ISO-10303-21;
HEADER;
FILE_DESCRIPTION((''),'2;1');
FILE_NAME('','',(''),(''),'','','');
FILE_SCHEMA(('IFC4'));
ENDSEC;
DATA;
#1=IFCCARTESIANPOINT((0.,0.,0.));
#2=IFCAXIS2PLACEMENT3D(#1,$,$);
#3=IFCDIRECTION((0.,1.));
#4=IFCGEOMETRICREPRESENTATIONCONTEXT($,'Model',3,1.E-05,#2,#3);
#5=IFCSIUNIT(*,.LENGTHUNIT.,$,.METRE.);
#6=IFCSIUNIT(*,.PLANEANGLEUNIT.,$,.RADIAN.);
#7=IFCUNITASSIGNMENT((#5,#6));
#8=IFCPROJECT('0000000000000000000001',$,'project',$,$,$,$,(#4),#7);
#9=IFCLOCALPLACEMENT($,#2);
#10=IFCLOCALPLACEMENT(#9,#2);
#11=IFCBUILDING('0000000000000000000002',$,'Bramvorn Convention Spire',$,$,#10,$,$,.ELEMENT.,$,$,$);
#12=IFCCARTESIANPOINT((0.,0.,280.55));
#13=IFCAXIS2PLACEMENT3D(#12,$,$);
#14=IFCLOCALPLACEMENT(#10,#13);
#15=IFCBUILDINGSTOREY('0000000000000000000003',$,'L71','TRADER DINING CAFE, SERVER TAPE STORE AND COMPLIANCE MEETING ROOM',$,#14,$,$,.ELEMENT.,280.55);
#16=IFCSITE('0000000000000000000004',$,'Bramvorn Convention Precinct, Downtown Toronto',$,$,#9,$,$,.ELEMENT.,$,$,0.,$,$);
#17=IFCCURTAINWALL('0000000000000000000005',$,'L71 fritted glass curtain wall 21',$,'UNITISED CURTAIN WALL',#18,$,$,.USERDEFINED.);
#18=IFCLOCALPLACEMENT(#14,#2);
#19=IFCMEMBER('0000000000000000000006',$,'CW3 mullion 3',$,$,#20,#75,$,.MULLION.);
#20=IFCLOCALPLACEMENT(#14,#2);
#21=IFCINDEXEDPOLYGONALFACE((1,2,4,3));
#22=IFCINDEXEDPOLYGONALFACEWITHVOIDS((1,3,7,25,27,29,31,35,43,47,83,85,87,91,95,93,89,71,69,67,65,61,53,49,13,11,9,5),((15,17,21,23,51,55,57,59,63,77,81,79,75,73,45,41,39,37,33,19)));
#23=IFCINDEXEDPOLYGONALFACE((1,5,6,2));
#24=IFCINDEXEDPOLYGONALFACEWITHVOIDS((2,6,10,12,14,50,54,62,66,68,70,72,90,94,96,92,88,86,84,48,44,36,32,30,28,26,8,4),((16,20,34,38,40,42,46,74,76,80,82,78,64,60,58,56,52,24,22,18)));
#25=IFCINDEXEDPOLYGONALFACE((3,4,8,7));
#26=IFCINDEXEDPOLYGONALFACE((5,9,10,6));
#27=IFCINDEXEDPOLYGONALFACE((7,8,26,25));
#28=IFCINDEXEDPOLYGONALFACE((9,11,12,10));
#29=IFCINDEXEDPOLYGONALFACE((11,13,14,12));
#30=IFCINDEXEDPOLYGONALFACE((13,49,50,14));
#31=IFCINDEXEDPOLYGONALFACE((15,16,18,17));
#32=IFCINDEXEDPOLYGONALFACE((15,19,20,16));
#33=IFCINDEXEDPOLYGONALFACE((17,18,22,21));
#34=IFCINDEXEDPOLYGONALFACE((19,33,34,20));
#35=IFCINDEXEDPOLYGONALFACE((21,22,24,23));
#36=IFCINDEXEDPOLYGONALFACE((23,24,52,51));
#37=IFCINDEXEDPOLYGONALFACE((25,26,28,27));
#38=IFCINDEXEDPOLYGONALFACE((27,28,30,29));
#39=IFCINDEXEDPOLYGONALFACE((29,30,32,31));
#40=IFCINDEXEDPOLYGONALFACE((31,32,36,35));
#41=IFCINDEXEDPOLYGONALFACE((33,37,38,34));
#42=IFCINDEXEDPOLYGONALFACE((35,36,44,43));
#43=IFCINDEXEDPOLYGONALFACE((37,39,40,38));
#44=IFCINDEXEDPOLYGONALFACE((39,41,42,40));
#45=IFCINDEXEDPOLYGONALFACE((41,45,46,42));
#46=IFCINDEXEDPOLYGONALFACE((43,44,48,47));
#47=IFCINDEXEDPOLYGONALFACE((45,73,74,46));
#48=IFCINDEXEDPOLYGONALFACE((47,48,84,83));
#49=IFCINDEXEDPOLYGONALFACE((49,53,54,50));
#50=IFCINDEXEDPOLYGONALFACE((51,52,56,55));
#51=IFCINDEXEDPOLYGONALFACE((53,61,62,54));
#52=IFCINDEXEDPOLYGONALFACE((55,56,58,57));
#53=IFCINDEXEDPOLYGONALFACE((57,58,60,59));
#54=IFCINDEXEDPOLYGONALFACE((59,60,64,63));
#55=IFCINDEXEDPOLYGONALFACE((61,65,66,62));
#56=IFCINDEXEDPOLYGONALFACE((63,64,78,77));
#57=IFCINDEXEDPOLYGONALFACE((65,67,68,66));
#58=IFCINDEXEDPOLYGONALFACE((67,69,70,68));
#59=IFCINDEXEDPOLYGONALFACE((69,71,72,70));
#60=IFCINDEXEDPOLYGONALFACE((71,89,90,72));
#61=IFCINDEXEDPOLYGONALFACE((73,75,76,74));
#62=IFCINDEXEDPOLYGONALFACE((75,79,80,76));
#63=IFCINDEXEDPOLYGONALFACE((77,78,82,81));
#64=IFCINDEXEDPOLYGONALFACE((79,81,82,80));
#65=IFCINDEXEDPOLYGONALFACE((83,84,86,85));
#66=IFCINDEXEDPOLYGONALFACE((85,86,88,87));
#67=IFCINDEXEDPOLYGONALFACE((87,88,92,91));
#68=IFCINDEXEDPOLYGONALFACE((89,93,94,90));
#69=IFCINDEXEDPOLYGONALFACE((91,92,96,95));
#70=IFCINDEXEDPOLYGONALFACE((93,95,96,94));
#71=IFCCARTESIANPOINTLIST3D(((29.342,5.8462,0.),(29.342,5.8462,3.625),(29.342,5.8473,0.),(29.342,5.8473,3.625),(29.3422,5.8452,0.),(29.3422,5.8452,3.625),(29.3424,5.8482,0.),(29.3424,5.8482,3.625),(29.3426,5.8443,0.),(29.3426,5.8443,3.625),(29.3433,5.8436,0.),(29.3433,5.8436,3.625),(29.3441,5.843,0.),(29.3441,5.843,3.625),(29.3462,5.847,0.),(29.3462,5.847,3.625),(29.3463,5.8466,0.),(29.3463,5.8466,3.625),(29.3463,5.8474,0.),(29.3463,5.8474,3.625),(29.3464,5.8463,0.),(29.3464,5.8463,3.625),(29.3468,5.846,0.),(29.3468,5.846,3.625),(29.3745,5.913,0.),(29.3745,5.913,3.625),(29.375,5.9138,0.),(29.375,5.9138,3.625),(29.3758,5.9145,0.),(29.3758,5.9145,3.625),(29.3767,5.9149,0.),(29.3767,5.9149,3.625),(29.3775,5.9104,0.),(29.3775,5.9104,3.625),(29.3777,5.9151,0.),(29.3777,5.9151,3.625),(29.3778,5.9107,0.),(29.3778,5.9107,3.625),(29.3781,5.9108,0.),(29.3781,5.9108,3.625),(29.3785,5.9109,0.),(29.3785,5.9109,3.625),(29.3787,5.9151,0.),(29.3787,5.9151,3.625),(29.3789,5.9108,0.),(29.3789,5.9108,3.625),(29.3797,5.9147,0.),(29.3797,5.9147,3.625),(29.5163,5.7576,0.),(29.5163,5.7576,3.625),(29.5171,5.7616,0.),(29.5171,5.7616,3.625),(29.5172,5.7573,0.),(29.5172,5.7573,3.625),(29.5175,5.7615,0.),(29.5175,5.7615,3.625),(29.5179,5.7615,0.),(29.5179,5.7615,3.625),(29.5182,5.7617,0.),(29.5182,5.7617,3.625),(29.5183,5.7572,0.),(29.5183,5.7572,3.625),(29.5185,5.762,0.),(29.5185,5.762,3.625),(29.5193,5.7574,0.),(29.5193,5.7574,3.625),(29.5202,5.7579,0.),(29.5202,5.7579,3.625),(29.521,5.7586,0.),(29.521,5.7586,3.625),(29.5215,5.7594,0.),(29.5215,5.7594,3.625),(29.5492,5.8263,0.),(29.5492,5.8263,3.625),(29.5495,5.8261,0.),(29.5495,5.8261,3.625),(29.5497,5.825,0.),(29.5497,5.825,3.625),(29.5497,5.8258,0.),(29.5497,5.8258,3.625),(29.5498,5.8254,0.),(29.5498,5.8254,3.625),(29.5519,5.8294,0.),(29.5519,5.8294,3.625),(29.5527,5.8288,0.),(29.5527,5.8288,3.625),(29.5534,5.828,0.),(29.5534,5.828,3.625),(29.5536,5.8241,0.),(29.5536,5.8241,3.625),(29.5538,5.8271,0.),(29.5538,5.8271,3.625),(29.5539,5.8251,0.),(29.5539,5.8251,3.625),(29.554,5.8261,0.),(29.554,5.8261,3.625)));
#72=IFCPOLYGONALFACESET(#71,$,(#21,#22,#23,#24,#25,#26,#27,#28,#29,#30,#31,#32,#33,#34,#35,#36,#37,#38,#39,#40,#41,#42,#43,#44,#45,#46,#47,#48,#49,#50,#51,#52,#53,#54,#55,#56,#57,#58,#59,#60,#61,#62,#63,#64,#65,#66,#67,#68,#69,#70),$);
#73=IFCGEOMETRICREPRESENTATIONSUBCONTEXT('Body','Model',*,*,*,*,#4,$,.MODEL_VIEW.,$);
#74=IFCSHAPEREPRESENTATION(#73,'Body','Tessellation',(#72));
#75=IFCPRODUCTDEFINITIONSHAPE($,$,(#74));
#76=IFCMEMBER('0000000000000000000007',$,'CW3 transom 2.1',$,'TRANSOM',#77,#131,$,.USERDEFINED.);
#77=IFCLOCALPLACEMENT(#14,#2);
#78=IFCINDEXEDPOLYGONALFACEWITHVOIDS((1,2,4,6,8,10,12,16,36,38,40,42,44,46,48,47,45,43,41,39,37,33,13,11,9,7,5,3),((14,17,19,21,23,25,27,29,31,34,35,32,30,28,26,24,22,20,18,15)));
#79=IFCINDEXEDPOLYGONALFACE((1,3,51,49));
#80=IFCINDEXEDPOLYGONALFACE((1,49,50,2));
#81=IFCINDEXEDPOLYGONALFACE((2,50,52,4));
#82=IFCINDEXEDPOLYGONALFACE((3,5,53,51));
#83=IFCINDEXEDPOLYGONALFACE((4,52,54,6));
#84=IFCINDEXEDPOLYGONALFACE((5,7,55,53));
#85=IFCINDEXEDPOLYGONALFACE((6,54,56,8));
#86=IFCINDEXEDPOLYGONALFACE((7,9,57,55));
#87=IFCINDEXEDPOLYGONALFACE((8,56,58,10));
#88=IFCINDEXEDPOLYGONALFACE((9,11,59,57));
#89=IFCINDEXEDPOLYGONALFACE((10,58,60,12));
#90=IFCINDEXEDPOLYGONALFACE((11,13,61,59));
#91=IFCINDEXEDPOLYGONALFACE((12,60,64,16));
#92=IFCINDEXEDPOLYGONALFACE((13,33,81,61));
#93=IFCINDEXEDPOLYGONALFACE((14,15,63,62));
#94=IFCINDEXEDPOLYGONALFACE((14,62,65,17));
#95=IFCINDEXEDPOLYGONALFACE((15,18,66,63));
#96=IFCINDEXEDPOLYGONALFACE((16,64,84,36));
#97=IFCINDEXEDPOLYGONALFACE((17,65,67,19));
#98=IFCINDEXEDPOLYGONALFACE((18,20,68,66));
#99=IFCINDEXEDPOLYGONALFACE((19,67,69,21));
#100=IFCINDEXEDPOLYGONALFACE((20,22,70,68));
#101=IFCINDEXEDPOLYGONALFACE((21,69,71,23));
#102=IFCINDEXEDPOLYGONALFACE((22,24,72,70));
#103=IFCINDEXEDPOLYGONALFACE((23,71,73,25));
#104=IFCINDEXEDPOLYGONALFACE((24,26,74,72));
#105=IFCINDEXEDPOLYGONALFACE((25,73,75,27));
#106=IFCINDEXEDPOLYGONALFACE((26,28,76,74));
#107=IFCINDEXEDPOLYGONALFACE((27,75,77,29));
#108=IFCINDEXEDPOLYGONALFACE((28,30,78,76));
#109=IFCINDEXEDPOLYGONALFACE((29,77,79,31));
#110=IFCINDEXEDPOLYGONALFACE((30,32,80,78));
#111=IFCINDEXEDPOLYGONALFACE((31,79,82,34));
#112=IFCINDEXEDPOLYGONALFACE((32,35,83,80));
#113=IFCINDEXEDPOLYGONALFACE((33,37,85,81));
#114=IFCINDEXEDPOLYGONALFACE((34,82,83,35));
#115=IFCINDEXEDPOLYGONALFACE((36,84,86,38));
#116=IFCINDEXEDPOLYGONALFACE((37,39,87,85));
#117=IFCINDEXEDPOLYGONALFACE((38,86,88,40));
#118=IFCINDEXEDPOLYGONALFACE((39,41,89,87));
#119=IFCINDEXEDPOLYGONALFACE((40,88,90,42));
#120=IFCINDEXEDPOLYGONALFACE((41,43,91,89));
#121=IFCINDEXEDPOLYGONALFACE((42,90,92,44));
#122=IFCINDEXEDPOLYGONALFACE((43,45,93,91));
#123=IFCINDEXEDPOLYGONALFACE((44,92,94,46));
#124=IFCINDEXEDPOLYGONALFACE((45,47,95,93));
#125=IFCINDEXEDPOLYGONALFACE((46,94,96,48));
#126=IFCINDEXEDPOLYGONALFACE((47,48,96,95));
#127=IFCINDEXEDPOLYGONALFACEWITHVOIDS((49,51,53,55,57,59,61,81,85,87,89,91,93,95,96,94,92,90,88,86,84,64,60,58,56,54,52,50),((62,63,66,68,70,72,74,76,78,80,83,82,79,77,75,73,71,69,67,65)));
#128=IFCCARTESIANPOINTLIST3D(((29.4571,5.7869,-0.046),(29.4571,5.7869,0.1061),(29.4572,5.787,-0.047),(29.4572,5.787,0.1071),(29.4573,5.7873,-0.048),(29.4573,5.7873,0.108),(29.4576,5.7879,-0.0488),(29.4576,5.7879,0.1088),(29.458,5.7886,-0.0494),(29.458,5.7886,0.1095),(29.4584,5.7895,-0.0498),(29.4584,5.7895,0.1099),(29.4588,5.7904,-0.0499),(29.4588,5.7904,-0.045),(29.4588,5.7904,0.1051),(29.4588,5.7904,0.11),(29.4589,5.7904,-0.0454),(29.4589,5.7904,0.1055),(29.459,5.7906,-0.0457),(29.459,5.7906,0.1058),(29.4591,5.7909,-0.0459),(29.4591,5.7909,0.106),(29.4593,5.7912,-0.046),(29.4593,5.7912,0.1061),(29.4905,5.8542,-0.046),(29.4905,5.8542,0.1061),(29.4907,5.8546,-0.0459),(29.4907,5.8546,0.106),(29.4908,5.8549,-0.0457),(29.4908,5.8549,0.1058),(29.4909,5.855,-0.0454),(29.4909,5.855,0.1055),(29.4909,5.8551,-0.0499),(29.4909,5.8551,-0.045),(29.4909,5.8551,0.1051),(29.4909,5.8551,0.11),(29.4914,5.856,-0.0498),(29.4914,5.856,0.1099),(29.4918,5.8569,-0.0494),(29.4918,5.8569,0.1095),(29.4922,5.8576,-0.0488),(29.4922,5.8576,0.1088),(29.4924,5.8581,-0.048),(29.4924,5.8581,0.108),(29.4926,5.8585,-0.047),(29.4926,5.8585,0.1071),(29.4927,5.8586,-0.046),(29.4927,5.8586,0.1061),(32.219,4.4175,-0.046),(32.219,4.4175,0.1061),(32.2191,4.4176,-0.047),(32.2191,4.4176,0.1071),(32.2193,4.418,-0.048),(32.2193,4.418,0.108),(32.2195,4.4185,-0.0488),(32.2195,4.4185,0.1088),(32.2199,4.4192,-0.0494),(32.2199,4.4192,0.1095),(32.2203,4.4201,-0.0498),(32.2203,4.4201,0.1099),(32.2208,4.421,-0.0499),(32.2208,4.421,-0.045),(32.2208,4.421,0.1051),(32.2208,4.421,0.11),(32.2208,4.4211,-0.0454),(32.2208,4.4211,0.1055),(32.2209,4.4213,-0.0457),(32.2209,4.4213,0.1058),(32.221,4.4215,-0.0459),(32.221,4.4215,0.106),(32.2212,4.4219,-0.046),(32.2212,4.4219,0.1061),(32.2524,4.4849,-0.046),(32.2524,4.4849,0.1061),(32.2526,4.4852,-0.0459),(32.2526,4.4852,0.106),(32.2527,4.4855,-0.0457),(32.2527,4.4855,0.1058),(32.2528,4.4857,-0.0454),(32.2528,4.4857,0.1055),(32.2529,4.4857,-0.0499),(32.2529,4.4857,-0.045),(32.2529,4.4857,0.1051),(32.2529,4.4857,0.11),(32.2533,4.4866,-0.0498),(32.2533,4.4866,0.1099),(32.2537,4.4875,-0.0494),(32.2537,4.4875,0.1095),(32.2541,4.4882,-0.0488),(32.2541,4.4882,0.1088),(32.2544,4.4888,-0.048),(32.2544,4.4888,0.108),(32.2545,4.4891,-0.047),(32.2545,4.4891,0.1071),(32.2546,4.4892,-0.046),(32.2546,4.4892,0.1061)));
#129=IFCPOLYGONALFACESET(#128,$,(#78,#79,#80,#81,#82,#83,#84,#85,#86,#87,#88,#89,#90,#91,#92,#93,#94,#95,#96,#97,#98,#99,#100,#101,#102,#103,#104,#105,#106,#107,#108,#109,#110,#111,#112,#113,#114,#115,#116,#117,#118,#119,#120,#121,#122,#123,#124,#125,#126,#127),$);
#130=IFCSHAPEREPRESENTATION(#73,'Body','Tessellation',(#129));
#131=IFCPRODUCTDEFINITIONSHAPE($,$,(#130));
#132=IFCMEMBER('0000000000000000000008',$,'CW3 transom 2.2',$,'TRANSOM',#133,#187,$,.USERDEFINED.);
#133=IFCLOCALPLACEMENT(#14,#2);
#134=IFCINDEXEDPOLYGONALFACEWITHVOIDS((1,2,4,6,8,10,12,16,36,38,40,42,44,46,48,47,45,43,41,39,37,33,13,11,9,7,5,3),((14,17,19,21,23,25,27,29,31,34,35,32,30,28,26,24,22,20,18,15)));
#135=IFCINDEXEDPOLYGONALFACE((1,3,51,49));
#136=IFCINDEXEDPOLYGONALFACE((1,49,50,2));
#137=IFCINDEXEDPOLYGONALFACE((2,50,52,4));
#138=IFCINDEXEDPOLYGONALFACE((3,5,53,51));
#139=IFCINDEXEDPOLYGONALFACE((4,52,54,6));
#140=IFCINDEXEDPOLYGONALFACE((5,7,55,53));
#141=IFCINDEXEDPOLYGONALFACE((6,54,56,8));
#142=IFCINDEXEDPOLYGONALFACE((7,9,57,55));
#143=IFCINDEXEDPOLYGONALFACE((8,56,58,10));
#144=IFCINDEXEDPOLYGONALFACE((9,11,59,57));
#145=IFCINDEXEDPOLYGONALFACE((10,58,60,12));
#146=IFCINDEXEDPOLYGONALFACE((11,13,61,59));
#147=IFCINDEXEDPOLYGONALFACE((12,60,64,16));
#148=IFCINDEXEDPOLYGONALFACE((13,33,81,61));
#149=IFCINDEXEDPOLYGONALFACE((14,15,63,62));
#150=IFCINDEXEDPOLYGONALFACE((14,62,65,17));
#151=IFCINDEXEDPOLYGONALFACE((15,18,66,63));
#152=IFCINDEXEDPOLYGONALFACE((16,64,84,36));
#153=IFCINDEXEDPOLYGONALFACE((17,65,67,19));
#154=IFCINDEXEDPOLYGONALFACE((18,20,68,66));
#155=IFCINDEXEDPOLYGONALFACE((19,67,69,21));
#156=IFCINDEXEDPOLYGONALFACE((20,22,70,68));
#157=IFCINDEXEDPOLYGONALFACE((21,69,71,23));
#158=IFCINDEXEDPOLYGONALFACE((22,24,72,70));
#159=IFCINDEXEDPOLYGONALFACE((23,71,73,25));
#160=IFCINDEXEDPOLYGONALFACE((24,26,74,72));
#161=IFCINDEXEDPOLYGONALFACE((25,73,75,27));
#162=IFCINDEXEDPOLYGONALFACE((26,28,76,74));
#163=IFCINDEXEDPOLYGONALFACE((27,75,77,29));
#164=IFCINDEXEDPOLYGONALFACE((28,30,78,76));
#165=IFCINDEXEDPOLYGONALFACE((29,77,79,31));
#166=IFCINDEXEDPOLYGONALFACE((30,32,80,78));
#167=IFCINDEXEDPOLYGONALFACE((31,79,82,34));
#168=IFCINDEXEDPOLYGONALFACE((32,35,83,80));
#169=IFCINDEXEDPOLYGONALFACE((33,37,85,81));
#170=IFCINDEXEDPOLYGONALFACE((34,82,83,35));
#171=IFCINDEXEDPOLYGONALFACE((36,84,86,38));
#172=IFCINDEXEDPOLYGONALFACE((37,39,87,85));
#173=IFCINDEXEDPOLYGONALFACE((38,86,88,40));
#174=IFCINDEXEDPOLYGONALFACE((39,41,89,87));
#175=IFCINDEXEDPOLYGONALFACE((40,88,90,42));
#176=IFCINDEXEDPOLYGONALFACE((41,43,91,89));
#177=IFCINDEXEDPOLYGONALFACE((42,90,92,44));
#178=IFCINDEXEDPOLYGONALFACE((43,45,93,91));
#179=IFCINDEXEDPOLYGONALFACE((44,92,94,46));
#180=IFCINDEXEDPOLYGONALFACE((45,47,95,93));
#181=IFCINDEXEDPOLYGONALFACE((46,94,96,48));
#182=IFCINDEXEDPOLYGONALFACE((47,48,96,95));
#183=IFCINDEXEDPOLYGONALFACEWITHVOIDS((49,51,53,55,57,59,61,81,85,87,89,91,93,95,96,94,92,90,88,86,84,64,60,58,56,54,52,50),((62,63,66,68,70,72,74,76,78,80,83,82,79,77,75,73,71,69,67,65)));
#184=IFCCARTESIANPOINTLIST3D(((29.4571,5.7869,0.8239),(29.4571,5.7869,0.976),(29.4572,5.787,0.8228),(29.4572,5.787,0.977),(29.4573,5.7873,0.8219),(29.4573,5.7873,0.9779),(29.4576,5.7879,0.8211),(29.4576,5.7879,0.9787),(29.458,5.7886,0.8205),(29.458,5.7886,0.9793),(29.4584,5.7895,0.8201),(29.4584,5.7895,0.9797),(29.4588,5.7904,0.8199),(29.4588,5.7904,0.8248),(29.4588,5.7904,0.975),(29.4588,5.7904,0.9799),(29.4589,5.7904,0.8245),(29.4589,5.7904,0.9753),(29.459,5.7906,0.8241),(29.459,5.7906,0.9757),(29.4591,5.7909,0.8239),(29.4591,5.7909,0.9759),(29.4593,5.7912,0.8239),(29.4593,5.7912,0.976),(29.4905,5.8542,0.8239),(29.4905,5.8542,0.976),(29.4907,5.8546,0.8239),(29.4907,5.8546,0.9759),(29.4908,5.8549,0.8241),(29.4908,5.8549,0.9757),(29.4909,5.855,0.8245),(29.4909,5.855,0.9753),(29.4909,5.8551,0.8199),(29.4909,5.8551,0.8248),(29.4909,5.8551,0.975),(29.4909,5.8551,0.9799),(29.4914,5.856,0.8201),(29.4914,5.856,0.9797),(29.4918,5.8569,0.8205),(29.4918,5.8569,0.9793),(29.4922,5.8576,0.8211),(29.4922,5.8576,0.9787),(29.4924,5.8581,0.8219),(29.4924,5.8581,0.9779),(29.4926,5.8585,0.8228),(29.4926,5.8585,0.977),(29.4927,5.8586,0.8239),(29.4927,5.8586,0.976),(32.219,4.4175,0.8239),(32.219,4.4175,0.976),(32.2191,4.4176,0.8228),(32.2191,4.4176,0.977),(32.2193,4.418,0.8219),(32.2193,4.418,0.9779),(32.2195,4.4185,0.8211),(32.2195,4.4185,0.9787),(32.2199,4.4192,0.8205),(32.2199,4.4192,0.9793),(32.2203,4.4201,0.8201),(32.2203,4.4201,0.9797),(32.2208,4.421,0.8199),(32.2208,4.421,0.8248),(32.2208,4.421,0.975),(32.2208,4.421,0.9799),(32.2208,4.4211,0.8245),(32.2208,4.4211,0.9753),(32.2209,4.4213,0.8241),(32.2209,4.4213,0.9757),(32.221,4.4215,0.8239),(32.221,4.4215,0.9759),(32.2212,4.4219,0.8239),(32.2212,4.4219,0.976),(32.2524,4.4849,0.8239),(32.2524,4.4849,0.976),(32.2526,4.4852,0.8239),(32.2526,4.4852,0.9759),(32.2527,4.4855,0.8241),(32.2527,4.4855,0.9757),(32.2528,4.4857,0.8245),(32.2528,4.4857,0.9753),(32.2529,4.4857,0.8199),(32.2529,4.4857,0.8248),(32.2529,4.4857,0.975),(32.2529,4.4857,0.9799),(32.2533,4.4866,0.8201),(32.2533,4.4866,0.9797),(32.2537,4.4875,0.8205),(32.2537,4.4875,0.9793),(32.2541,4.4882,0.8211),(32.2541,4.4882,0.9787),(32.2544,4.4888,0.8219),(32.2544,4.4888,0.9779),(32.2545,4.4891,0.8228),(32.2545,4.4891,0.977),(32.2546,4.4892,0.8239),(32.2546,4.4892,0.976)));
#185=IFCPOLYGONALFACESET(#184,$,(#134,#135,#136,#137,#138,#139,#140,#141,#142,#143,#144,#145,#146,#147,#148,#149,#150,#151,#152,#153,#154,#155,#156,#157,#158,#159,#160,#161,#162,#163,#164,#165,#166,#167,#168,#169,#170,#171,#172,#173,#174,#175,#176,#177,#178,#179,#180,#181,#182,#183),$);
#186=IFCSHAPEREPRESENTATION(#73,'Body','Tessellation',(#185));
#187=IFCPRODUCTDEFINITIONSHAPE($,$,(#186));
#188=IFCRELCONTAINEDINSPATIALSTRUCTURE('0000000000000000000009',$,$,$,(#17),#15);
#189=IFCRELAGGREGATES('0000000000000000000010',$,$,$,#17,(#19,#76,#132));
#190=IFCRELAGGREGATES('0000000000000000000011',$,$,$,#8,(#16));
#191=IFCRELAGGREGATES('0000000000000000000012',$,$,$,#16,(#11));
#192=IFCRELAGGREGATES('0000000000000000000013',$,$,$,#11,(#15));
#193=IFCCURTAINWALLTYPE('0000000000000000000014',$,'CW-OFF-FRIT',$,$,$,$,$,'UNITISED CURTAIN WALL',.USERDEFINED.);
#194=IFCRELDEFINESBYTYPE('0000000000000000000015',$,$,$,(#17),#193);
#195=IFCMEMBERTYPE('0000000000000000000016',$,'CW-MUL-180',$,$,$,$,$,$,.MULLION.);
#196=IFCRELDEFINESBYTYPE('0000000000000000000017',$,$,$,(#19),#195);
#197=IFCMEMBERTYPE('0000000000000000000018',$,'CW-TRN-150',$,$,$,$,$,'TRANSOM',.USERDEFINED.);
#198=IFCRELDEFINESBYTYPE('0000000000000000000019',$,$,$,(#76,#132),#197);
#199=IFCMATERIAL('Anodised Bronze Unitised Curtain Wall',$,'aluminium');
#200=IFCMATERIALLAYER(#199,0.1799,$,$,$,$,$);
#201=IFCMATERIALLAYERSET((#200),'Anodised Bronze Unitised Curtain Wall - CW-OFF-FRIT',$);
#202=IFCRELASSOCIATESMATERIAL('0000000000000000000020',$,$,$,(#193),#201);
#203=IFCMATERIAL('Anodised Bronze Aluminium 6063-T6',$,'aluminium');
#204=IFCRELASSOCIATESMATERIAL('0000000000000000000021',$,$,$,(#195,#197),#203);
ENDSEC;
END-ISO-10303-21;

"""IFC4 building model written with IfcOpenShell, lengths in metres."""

from ifc_helpers import new_model, si_unit, direction, frame, origin, origin_2d, place, context, subcontext, project, spatial, hollow_rectangle, extrude, material, layer, layer_set, material_profile, profile_set, type_object, element, aggregate, save


model = new_model("IFC4")

# Units and contexts
model_context = context("Model", 3, precision=1e-05, world=origin(), true_north=direction((0.0, 1.0)))
body_context = subcontext(model_context, "Body", "Model", "MODEL_VIEW")
ifc_project = project(units=[si_unit("LENGTHUNIT", "METRE"), si_unit("PLANEANGLEUNIT", "RADIAN")], contexts=[model_context])

# Site, building, storey
site_placement = place(None, origin())
site = spatial("IfcSite", under=ifc_project, at=site_placement, Name="Bramvorn Convention Precinct, Downtown Toronto", CompositionType="ELEMENT", RefElevation=0.0)
building_placement = place(site_placement, origin())
building = spatial("IfcBuilding", under=site, at=building_placement, Name="Bramvorn Convention Spire", CompositionType="ELEMENT")
storey_placement = place(building_placement, frame((0.0, 0.0, 280.55)))
storey = spatial("IfcBuildingStorey", under=building, at=storey_placement, Name="L71", Description="TRADER DINING CAFE, SERVER TAPE STORE AND COMPLIANCE MEETING ROOM", CompositionType="ELEMENT", Elevation=280.55)

# Curtain wall, members
ifc_material_1 = material(Name="Anodised Bronze Unitised Curtain Wall", Category="aluminium")
ifc_layer_1 = layer(ifc_material_1, 0.1799)
ifc_layer_set_1 = layer_set([ifc_layer_1], Name="Anodised Bronze Unitised Curtain Wall - CW-OFF-FRIT")
curtain_wall_type = type_object("IfcCurtainWallType", Name="CW-OFF-FRIT", ElementType="UNITISED CURTAIN WALL", PredefinedType="USERDEFINED", material=ifc_layer_set_1)
curtain_wall_placement = place(storey_placement, origin())
curtain_wall = element("IfcCurtainWall", 1, at=curtain_wall_placement, inside=storey, type_object=curtain_wall_type, Name="L71 fritted glass curtain wall 21", ObjectType="UNITISED CURTAIN WALL", PredefinedType="USERDEFINED")
ifc_material_2 = material(Name="Anodised Bronze Aluminium 6063-T6", Category="aluminium")
ifc_material_profile_1 = material_profile(ifc_material_2, hollow_rectangle(XDim=0.0801, YDim=0.2, WallThickness=0.0039, InnerFilletRadius=0.001, OuterFilletRadius=0.0039, at=origin_2d()))
ifc_profile_set_1 = profile_set([ifc_material_profile_1], Name="Anodised Bronze Aluminium 6063-T6 - CWM80X200")
member_type_1 = type_object("IfcMemberType", Name="CW-MUL-180", PredefinedType="MULLION", material=ifc_profile_set_1)
member_1_placement = place(storey_placement, frame((29.448, 5.8362, 0.0), z_axis=(0.0, 0.0, 1.0), x_axis=(-0.444191, -0.895932, 0.0)))
member_1 = element("IfcMember", 2, at=member_1_placement, type_object=member_type_1, Name="CW3 mullion 3", PredefinedType="MULLION", context=body_context, shape_type="SweptSolid", body=[
    extrude(hollow_rectangle(XDim=0.0801, YDim=0.2, WallThickness=0.0039, InnerFilletRadius=0.001, OuterFilletRadius=0.0039, at=origin_2d()), origin(), (0.0, 0.0, 1.0), 3.625),
])
ifc_material_profile_2 = material_profile(ifc_material_2, hollow_rectangle(XDim=0.0801, YDim=0.1599, WallThickness=0.0039, InnerFilletRadius=0.001, OuterFilletRadius=0.0039, at=origin_2d()))
ifc_profile_set_2 = profile_set([ifc_material_profile_2], Name="Anodised Bronze Aluminium 6063-T6 - CWT80X160")
member_type_2 = type_object("IfcMemberType", Name="CW-TRN-150", ElementType="TRANSOM", PredefinedType="USERDEFINED", material=ifc_profile_set_2)
member_2_placement = place(storey_placement, frame((32.2368, 4.4534, 0.03), z_axis=(-0.895927, 0.444202, 0.0), x_axis=(-0.444202, -0.895927, 0.0)))
member_2 = element("IfcMember", 3, at=member_2_placement, type_object=member_type_2, Name="CW3 transom 2.1", ObjectType="TRANSOM", PredefinedType="USERDEFINED", context=body_context, shape_type="SweptSolid", body=[
    extrude(hollow_rectangle(XDim=0.0801, YDim=0.1599, WallThickness=0.0039, InnerFilletRadius=0.001, OuterFilletRadius=0.0039, at=origin_2d()), origin(), (0.0, 0.0, 1.0), 3.0828),
])
member_3_placement = place(storey_placement, frame((32.2368, 4.4534, 0.8999), z_axis=(-0.895927, 0.444202, 0.0), x_axis=(-0.444202, -0.895927, 0.0)))
member_3 = element("IfcMember", 4, at=member_3_placement, type_object=member_type_2, Name="CW3 transom 2.2", ObjectType="TRANSOM", PredefinedType="USERDEFINED", context=body_context, shape_type="SweptSolid", body=[
    extrude(hollow_rectangle(XDim=0.0801, YDim=0.1599, WallThickness=0.0039, InnerFilletRadius=0.001, OuterFilletRadius=0.0039, at=origin_2d()), origin(), (0.0, 0.0, 1.0), 3.0828),
])
aggregate(curtain_wall, [member_1, member_2, member_3])

save(model, "model.ifc")
